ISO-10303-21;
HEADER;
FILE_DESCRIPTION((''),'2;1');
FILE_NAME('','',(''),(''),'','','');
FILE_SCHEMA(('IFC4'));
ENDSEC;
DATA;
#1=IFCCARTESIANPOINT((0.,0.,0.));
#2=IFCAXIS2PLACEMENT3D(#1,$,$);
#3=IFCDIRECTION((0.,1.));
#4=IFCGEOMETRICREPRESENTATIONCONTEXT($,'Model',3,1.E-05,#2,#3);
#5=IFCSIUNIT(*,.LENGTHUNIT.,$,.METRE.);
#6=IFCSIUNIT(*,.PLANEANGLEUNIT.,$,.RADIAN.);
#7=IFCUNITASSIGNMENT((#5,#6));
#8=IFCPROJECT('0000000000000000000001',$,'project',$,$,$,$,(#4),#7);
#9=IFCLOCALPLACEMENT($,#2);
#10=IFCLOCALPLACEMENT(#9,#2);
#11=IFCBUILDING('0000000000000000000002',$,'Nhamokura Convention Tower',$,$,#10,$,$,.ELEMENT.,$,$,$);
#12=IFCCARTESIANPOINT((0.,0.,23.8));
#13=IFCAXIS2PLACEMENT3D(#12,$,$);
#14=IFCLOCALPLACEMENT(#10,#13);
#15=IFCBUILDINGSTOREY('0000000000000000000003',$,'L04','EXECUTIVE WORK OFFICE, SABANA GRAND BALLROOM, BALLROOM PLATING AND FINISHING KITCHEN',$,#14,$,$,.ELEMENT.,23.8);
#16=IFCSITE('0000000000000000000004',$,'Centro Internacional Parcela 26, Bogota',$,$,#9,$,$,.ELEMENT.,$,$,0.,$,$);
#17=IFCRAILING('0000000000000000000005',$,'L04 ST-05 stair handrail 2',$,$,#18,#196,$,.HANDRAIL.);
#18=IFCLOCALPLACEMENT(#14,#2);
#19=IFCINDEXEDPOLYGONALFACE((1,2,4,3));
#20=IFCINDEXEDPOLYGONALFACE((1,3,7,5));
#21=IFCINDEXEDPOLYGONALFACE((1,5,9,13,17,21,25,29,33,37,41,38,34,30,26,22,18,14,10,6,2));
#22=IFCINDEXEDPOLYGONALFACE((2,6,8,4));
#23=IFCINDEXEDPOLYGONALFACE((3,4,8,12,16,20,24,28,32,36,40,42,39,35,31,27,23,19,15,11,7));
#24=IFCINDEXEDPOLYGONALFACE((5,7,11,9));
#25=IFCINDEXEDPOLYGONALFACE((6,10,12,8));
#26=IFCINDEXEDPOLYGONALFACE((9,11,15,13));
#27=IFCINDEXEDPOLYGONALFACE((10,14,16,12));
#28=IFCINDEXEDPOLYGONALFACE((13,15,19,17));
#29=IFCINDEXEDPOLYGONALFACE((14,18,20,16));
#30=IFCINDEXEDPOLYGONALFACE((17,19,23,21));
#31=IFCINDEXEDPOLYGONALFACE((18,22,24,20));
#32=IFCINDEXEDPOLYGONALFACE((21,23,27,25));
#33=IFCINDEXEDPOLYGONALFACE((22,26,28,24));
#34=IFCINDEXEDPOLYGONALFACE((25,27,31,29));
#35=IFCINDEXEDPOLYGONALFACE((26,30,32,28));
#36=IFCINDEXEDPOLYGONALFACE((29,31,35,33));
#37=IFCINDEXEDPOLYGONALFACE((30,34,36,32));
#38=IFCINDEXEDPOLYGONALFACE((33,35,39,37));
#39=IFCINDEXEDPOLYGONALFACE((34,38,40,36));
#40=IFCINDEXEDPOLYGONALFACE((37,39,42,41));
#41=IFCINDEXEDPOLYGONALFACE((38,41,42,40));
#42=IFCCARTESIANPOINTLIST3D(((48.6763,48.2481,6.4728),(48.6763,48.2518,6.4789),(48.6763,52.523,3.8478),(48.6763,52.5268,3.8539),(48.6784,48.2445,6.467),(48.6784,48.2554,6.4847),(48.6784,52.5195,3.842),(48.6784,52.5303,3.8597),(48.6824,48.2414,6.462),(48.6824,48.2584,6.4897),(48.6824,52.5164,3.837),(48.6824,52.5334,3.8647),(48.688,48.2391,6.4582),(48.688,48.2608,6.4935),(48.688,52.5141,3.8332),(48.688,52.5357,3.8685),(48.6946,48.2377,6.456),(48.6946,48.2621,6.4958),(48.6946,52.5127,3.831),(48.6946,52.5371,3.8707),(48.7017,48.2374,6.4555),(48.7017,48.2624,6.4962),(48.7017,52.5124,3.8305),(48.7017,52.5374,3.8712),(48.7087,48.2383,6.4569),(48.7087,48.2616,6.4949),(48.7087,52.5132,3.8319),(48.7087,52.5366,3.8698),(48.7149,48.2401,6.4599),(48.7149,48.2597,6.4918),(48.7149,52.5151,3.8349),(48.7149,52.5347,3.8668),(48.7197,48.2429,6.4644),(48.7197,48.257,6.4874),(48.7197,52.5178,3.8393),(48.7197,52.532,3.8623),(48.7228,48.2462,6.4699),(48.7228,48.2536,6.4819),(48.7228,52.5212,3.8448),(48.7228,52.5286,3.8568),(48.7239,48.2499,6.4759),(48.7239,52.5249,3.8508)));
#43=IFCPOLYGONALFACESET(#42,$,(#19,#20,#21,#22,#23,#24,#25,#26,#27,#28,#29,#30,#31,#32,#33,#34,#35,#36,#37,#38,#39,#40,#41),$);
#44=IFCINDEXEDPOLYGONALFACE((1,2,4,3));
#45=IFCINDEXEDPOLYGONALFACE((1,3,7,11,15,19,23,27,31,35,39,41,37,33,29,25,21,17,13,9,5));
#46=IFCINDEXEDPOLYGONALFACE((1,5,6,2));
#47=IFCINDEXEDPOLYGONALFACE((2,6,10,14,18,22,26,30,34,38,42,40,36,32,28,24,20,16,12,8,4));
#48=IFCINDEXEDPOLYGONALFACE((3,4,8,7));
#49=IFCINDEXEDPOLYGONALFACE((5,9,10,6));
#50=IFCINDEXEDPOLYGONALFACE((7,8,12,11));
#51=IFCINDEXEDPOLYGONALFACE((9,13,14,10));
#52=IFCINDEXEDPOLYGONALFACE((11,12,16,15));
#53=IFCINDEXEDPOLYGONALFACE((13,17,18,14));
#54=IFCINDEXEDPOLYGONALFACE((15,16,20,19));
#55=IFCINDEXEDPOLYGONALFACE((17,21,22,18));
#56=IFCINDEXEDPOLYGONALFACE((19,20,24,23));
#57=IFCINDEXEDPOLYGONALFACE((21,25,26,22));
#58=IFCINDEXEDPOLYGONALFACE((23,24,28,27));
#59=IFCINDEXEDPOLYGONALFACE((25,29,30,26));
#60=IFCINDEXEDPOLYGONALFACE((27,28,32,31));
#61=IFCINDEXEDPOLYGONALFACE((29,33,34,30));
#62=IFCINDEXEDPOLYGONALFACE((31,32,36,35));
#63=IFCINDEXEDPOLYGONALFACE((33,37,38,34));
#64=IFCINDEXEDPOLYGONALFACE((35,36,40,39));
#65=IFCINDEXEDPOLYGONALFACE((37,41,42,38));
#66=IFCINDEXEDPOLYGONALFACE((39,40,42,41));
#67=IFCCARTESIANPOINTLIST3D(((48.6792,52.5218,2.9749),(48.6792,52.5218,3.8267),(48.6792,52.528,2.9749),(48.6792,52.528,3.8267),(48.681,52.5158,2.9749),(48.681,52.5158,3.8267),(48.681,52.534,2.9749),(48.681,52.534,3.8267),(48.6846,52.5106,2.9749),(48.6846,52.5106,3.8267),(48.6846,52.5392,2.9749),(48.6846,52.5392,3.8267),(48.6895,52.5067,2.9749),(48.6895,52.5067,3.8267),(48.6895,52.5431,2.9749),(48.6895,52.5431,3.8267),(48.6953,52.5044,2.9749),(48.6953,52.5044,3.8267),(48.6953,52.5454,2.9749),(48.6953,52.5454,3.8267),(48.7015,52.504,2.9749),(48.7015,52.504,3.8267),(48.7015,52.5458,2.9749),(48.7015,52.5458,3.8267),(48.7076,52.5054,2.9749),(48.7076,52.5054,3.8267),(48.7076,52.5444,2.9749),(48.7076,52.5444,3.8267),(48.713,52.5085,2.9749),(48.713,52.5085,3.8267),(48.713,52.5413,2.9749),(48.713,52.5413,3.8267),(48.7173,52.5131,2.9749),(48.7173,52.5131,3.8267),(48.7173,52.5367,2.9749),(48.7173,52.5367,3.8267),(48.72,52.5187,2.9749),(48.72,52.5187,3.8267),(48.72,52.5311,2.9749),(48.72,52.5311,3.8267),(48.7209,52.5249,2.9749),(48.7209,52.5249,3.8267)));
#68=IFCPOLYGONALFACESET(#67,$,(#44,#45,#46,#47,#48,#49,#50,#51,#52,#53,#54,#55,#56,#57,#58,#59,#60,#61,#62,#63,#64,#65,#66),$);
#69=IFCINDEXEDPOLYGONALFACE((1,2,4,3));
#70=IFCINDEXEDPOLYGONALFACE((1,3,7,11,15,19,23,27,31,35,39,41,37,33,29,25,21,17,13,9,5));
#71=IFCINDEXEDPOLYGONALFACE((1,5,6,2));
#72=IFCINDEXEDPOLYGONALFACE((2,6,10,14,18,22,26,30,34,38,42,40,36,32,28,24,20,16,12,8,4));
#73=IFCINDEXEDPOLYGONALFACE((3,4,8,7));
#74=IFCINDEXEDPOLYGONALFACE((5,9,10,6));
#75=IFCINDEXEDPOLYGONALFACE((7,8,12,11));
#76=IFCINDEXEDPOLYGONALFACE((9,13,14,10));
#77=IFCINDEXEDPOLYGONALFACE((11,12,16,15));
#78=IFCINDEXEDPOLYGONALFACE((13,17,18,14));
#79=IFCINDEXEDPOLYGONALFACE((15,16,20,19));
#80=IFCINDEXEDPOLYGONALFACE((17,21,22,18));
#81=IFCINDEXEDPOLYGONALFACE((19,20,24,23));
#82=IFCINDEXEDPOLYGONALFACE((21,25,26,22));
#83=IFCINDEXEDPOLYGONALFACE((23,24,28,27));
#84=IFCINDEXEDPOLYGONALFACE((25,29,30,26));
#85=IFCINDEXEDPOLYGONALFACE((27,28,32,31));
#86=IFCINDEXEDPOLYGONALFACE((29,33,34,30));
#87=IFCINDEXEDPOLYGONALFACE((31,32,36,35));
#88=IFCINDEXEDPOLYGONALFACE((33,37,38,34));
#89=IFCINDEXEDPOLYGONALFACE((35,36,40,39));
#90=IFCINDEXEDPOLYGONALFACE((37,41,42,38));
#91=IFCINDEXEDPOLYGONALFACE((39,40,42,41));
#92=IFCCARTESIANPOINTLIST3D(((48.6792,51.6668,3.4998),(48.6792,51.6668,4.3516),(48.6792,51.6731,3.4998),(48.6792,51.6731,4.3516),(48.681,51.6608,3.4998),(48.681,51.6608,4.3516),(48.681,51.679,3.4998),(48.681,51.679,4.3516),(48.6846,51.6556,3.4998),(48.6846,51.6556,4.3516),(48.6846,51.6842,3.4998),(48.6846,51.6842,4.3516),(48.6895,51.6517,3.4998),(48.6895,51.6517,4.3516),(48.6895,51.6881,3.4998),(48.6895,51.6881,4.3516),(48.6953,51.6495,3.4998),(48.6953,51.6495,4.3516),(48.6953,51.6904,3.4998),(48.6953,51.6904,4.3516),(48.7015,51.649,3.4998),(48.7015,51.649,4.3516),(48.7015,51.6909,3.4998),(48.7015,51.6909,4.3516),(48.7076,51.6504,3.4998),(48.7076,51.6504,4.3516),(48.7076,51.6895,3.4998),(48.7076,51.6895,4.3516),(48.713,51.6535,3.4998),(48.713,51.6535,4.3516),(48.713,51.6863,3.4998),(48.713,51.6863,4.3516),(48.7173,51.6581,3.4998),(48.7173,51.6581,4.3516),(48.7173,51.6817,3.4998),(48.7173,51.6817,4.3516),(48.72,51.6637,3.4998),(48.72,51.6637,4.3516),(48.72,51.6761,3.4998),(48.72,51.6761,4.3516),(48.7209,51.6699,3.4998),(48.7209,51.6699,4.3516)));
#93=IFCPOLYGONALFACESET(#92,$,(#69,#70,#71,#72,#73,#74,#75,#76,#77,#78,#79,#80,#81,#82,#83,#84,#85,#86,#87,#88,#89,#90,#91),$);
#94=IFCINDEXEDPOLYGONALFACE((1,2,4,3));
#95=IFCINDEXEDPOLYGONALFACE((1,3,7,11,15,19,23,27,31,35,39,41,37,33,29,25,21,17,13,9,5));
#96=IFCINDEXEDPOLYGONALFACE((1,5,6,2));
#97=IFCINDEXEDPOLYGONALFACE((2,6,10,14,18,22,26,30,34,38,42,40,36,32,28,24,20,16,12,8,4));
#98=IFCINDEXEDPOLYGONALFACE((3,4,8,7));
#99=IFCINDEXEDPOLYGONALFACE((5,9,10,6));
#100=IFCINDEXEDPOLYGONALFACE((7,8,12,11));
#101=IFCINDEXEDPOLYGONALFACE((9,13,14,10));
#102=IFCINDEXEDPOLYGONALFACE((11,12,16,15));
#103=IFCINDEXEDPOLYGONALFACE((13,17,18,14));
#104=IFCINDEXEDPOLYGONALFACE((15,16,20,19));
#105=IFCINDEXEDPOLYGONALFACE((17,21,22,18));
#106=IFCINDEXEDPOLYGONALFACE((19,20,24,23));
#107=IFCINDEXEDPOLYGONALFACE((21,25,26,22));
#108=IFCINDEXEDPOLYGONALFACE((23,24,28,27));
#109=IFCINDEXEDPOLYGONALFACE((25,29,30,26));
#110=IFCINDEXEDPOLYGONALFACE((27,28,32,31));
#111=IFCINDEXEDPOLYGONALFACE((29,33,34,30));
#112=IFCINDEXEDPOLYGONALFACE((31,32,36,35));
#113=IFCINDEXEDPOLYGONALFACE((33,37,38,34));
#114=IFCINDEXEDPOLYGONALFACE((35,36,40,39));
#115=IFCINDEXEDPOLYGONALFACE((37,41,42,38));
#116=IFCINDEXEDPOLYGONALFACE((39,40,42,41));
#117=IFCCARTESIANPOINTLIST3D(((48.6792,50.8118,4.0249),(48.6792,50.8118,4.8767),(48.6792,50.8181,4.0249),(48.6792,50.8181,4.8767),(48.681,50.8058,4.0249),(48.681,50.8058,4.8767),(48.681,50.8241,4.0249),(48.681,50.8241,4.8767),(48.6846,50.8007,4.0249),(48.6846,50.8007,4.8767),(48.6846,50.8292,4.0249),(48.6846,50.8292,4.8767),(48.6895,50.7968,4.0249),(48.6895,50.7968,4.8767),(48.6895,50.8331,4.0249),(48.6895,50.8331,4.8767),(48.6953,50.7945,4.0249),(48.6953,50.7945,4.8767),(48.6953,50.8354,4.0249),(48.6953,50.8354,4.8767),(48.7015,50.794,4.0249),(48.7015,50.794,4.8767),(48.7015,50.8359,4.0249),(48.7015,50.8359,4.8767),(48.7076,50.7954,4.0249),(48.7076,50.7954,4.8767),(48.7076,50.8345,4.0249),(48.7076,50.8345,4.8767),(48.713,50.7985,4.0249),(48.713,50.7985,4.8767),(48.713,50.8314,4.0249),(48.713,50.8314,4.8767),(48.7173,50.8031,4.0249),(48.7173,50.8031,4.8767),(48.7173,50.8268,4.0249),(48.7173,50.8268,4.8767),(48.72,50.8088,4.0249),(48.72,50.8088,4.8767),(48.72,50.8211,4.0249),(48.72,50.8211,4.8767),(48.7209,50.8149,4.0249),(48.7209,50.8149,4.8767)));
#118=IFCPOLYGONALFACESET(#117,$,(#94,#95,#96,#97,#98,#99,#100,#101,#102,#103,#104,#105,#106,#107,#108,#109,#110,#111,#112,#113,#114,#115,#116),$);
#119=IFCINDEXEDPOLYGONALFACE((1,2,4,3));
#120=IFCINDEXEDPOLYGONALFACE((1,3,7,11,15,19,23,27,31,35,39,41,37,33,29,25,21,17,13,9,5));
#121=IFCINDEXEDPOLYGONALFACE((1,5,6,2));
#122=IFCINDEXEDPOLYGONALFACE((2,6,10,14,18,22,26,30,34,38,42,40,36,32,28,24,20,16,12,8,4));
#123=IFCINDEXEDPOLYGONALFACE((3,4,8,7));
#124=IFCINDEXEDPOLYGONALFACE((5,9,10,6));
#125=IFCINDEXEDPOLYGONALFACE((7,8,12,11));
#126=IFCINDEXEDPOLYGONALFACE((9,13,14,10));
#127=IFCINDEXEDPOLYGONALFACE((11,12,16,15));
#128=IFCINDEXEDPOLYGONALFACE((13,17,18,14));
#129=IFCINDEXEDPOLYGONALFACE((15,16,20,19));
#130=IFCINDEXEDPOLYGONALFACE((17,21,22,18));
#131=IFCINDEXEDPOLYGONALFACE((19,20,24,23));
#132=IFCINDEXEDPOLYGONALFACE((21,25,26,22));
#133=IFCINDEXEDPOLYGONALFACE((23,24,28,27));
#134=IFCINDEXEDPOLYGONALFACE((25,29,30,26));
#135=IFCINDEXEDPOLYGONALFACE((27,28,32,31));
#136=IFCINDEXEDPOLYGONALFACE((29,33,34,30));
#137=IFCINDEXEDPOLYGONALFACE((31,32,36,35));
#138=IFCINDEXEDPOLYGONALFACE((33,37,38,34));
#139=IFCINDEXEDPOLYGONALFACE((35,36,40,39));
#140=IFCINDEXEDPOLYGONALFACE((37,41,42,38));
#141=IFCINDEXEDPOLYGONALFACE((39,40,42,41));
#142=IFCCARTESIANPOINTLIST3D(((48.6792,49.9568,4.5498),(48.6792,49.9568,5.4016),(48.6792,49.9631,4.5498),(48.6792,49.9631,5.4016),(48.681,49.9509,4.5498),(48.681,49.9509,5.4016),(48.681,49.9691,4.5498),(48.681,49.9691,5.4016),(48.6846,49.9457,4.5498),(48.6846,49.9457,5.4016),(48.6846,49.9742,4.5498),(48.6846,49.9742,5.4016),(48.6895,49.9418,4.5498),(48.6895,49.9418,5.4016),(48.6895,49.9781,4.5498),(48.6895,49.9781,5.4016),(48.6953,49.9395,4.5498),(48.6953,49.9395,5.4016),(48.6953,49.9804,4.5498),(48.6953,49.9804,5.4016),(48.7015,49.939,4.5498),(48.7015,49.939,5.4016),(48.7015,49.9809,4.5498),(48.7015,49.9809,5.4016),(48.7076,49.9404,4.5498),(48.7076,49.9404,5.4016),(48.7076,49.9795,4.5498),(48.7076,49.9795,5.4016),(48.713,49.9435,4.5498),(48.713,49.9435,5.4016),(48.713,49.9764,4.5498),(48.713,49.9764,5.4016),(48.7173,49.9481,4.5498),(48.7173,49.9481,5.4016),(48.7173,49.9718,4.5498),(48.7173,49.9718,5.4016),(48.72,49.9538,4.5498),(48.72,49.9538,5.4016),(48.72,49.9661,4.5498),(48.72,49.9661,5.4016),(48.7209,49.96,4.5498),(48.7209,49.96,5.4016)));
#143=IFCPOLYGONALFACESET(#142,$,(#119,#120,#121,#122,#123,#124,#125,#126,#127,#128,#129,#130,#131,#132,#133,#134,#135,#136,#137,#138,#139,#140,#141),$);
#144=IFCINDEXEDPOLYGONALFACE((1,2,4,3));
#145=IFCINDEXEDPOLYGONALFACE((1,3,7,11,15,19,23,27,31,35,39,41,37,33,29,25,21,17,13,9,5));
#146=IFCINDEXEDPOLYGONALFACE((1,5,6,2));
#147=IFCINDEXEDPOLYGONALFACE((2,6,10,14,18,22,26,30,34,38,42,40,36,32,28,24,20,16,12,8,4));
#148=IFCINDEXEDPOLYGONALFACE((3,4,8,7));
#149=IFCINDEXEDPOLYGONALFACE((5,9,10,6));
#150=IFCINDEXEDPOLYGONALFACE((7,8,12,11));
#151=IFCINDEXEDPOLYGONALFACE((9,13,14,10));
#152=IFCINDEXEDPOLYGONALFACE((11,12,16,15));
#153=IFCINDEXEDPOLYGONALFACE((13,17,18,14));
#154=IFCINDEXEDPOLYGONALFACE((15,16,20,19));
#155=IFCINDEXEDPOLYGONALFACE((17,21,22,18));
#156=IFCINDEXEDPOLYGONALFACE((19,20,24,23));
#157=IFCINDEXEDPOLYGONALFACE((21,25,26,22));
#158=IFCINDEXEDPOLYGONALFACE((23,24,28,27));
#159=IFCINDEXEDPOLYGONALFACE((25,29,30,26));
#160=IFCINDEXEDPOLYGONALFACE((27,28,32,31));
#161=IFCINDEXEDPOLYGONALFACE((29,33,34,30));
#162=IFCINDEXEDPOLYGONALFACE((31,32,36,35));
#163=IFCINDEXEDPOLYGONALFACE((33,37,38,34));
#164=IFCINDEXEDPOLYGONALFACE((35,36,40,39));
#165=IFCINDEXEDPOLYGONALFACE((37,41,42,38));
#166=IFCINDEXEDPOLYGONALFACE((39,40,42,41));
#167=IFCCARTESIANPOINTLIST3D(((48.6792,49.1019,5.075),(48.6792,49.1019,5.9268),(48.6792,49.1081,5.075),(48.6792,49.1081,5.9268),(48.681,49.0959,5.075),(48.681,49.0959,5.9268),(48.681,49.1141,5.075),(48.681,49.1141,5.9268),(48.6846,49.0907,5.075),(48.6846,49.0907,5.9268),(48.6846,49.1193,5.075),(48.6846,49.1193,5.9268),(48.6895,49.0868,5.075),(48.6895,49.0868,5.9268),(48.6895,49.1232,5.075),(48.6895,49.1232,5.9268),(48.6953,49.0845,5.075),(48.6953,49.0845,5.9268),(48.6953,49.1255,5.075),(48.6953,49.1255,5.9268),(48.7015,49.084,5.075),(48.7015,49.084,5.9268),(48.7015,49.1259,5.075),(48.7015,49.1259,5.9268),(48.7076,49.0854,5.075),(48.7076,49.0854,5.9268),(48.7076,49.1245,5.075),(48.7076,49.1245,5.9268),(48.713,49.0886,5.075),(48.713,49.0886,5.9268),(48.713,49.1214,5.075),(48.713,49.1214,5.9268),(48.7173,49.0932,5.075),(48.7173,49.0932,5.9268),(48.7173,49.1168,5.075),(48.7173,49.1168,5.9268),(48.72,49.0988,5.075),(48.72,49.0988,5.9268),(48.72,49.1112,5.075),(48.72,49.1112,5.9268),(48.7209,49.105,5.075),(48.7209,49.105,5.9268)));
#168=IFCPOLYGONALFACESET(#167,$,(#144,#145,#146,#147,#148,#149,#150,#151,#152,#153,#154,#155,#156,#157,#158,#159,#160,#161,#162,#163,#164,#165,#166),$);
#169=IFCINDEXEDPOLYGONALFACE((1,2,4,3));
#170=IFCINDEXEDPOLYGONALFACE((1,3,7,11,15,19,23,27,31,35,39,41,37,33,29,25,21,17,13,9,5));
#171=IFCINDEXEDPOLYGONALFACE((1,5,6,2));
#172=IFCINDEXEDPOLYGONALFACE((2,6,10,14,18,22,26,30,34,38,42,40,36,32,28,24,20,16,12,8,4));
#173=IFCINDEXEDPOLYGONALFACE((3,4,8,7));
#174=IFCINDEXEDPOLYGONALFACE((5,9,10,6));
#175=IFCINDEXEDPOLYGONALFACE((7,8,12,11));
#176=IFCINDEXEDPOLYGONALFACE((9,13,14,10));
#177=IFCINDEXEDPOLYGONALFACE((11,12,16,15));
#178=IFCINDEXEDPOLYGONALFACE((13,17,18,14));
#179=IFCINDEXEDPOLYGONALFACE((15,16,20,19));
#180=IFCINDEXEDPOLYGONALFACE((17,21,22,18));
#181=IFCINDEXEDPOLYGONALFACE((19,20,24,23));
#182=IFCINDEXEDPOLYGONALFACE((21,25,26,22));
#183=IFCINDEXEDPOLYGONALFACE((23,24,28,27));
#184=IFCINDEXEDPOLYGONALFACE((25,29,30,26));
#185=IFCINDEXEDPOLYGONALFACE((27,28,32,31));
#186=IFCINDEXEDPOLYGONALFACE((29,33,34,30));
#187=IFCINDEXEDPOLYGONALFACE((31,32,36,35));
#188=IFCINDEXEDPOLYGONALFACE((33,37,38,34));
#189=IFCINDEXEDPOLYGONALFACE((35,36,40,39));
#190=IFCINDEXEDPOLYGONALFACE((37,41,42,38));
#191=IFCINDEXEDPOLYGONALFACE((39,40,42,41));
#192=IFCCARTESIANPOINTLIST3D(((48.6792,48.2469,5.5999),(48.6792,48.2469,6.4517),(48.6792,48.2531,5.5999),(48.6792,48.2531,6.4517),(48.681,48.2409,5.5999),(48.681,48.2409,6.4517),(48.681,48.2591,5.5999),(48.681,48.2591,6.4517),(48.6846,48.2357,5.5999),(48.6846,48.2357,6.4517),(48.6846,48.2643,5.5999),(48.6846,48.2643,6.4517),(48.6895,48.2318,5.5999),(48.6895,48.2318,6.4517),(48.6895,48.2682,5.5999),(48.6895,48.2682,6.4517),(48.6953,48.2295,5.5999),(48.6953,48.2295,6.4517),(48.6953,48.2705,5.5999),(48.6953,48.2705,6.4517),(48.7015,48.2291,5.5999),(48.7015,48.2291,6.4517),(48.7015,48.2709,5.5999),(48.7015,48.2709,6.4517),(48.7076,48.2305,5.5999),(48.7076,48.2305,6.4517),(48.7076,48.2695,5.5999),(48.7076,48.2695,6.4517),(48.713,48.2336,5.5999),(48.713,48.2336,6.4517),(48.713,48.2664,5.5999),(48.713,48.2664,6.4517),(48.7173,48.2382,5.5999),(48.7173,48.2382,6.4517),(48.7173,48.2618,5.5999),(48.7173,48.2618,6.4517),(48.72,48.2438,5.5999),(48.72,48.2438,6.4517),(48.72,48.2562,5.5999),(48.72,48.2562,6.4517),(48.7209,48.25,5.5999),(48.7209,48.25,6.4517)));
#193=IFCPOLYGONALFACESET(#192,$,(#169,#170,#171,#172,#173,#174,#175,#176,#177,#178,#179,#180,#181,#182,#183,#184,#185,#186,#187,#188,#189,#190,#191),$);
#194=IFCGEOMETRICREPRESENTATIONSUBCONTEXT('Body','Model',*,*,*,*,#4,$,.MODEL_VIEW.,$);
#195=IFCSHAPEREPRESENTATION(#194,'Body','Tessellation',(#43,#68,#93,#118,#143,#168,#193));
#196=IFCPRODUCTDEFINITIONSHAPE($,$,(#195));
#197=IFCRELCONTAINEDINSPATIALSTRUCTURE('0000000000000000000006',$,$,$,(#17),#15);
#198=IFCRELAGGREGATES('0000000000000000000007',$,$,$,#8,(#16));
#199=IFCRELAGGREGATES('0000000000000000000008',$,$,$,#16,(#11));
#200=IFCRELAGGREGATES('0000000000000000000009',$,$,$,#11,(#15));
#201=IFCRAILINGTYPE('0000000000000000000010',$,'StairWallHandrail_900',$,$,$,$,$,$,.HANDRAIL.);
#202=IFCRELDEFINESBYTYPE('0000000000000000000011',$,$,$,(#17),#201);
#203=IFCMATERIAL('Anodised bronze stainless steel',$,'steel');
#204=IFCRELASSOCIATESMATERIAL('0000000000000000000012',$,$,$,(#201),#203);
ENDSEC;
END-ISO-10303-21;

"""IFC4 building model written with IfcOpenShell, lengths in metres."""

from ifc_helpers import new_model, si_unit, direction, frame, origin, origin_2d, place, context, subcontext, project, spatial, circle, extrude, material, type_object, element, save


model = new_model("IFC4")

# Units and contexts
model_context = context("Model", 3, precision=1e-05, world=origin(), true_north=direction((0.0, 1.0)))
body_context = subcontext(model_context, "Body", "Model", "MODEL_VIEW")
ifc_project = project(units=[si_unit("LENGTHUNIT", "METRE"), si_unit("PLANEANGLEUNIT", "RADIAN")], contexts=[model_context])

# Site, building, storey
site_placement = place(None, origin())
site = spatial("IfcSite", under=ifc_project, at=site_placement, Name="Centro Internacional Parcela 26, Bogota", CompositionType="ELEMENT", RefElevation=0.0)
building_placement = place(site_placement, origin())
building = spatial("IfcBuilding", under=site, at=building_placement, Name="Nhamokura Convention Tower", CompositionType="ELEMENT")
storey_placement = place(building_placement, frame((0.0, 0.0, 23.8)))
storey = spatial("IfcBuildingStorey", under=building, at=storey_placement, Name="L04", Description="EXECUTIVE WORK OFFICE, SABANA GRAND BALLROOM, BALLROOM PLATING AND FINISHING KITCHEN", CompositionType="ELEMENT", Elevation=23.8)

# Railing
ifc_material_1 = material(Name="Anodised bronze stainless steel", Category="steel")
railing_type_1 = type_object("IfcRailingType", Name="StairWallHandrail_900", PredefinedType="HANDRAIL", material=ifc_material_1)
railing_1_placement = place(storey_placement, frame((48.7, 52.5249, 2.9749)))
element("IfcRailing", 1, at=railing_1_placement, inside=storey, type_object=railing_type_1, Name="L04 ST-05 stair handrail 2", PredefinedType="HANDRAIL", context=body_context, shape_type="SweptSolid", body=[
    extrude(circle(Radius=0.0239, at=origin_2d()), frame((0.0, 0.0, 0.876), z_axis=(0.0, -0.852166, 0.523272), x_axis=(1.0, 0.0, 0.0)), (0.0, 0.0, 1.0), 5.0166),
    extrude(circle(Radius=0.021, at=origin_2d()), origin(), (0.0, 0.0, 1.0), 0.8518),
    extrude(circle(Radius=0.021, at=origin_2d()), frame((0.0, -0.855, 0.5249)), (0.0, 0.0, 1.0), 0.8518),
    extrude(circle(Radius=0.021, at=origin_2d()), frame((0.0, -1.71, 1.05)), (0.0, 0.0, 1.0), 0.8518),
    extrude(circle(Radius=0.021, at=origin_2d()), frame((0.0, -2.5649, 1.575)), (0.0, 0.0, 1.0), 0.8518),
    extrude(circle(Radius=0.021, at=origin_2d()), frame((0.0, -3.4199, 2.1001)), (0.0, 0.0, 1.0), 0.8518),
    extrude(circle(Radius=0.021, at=origin_2d()), frame((0.0, -4.2749, 2.625)), (0.0, 0.0, 1.0), 0.8518),
])

save(model, "model.ifc")
